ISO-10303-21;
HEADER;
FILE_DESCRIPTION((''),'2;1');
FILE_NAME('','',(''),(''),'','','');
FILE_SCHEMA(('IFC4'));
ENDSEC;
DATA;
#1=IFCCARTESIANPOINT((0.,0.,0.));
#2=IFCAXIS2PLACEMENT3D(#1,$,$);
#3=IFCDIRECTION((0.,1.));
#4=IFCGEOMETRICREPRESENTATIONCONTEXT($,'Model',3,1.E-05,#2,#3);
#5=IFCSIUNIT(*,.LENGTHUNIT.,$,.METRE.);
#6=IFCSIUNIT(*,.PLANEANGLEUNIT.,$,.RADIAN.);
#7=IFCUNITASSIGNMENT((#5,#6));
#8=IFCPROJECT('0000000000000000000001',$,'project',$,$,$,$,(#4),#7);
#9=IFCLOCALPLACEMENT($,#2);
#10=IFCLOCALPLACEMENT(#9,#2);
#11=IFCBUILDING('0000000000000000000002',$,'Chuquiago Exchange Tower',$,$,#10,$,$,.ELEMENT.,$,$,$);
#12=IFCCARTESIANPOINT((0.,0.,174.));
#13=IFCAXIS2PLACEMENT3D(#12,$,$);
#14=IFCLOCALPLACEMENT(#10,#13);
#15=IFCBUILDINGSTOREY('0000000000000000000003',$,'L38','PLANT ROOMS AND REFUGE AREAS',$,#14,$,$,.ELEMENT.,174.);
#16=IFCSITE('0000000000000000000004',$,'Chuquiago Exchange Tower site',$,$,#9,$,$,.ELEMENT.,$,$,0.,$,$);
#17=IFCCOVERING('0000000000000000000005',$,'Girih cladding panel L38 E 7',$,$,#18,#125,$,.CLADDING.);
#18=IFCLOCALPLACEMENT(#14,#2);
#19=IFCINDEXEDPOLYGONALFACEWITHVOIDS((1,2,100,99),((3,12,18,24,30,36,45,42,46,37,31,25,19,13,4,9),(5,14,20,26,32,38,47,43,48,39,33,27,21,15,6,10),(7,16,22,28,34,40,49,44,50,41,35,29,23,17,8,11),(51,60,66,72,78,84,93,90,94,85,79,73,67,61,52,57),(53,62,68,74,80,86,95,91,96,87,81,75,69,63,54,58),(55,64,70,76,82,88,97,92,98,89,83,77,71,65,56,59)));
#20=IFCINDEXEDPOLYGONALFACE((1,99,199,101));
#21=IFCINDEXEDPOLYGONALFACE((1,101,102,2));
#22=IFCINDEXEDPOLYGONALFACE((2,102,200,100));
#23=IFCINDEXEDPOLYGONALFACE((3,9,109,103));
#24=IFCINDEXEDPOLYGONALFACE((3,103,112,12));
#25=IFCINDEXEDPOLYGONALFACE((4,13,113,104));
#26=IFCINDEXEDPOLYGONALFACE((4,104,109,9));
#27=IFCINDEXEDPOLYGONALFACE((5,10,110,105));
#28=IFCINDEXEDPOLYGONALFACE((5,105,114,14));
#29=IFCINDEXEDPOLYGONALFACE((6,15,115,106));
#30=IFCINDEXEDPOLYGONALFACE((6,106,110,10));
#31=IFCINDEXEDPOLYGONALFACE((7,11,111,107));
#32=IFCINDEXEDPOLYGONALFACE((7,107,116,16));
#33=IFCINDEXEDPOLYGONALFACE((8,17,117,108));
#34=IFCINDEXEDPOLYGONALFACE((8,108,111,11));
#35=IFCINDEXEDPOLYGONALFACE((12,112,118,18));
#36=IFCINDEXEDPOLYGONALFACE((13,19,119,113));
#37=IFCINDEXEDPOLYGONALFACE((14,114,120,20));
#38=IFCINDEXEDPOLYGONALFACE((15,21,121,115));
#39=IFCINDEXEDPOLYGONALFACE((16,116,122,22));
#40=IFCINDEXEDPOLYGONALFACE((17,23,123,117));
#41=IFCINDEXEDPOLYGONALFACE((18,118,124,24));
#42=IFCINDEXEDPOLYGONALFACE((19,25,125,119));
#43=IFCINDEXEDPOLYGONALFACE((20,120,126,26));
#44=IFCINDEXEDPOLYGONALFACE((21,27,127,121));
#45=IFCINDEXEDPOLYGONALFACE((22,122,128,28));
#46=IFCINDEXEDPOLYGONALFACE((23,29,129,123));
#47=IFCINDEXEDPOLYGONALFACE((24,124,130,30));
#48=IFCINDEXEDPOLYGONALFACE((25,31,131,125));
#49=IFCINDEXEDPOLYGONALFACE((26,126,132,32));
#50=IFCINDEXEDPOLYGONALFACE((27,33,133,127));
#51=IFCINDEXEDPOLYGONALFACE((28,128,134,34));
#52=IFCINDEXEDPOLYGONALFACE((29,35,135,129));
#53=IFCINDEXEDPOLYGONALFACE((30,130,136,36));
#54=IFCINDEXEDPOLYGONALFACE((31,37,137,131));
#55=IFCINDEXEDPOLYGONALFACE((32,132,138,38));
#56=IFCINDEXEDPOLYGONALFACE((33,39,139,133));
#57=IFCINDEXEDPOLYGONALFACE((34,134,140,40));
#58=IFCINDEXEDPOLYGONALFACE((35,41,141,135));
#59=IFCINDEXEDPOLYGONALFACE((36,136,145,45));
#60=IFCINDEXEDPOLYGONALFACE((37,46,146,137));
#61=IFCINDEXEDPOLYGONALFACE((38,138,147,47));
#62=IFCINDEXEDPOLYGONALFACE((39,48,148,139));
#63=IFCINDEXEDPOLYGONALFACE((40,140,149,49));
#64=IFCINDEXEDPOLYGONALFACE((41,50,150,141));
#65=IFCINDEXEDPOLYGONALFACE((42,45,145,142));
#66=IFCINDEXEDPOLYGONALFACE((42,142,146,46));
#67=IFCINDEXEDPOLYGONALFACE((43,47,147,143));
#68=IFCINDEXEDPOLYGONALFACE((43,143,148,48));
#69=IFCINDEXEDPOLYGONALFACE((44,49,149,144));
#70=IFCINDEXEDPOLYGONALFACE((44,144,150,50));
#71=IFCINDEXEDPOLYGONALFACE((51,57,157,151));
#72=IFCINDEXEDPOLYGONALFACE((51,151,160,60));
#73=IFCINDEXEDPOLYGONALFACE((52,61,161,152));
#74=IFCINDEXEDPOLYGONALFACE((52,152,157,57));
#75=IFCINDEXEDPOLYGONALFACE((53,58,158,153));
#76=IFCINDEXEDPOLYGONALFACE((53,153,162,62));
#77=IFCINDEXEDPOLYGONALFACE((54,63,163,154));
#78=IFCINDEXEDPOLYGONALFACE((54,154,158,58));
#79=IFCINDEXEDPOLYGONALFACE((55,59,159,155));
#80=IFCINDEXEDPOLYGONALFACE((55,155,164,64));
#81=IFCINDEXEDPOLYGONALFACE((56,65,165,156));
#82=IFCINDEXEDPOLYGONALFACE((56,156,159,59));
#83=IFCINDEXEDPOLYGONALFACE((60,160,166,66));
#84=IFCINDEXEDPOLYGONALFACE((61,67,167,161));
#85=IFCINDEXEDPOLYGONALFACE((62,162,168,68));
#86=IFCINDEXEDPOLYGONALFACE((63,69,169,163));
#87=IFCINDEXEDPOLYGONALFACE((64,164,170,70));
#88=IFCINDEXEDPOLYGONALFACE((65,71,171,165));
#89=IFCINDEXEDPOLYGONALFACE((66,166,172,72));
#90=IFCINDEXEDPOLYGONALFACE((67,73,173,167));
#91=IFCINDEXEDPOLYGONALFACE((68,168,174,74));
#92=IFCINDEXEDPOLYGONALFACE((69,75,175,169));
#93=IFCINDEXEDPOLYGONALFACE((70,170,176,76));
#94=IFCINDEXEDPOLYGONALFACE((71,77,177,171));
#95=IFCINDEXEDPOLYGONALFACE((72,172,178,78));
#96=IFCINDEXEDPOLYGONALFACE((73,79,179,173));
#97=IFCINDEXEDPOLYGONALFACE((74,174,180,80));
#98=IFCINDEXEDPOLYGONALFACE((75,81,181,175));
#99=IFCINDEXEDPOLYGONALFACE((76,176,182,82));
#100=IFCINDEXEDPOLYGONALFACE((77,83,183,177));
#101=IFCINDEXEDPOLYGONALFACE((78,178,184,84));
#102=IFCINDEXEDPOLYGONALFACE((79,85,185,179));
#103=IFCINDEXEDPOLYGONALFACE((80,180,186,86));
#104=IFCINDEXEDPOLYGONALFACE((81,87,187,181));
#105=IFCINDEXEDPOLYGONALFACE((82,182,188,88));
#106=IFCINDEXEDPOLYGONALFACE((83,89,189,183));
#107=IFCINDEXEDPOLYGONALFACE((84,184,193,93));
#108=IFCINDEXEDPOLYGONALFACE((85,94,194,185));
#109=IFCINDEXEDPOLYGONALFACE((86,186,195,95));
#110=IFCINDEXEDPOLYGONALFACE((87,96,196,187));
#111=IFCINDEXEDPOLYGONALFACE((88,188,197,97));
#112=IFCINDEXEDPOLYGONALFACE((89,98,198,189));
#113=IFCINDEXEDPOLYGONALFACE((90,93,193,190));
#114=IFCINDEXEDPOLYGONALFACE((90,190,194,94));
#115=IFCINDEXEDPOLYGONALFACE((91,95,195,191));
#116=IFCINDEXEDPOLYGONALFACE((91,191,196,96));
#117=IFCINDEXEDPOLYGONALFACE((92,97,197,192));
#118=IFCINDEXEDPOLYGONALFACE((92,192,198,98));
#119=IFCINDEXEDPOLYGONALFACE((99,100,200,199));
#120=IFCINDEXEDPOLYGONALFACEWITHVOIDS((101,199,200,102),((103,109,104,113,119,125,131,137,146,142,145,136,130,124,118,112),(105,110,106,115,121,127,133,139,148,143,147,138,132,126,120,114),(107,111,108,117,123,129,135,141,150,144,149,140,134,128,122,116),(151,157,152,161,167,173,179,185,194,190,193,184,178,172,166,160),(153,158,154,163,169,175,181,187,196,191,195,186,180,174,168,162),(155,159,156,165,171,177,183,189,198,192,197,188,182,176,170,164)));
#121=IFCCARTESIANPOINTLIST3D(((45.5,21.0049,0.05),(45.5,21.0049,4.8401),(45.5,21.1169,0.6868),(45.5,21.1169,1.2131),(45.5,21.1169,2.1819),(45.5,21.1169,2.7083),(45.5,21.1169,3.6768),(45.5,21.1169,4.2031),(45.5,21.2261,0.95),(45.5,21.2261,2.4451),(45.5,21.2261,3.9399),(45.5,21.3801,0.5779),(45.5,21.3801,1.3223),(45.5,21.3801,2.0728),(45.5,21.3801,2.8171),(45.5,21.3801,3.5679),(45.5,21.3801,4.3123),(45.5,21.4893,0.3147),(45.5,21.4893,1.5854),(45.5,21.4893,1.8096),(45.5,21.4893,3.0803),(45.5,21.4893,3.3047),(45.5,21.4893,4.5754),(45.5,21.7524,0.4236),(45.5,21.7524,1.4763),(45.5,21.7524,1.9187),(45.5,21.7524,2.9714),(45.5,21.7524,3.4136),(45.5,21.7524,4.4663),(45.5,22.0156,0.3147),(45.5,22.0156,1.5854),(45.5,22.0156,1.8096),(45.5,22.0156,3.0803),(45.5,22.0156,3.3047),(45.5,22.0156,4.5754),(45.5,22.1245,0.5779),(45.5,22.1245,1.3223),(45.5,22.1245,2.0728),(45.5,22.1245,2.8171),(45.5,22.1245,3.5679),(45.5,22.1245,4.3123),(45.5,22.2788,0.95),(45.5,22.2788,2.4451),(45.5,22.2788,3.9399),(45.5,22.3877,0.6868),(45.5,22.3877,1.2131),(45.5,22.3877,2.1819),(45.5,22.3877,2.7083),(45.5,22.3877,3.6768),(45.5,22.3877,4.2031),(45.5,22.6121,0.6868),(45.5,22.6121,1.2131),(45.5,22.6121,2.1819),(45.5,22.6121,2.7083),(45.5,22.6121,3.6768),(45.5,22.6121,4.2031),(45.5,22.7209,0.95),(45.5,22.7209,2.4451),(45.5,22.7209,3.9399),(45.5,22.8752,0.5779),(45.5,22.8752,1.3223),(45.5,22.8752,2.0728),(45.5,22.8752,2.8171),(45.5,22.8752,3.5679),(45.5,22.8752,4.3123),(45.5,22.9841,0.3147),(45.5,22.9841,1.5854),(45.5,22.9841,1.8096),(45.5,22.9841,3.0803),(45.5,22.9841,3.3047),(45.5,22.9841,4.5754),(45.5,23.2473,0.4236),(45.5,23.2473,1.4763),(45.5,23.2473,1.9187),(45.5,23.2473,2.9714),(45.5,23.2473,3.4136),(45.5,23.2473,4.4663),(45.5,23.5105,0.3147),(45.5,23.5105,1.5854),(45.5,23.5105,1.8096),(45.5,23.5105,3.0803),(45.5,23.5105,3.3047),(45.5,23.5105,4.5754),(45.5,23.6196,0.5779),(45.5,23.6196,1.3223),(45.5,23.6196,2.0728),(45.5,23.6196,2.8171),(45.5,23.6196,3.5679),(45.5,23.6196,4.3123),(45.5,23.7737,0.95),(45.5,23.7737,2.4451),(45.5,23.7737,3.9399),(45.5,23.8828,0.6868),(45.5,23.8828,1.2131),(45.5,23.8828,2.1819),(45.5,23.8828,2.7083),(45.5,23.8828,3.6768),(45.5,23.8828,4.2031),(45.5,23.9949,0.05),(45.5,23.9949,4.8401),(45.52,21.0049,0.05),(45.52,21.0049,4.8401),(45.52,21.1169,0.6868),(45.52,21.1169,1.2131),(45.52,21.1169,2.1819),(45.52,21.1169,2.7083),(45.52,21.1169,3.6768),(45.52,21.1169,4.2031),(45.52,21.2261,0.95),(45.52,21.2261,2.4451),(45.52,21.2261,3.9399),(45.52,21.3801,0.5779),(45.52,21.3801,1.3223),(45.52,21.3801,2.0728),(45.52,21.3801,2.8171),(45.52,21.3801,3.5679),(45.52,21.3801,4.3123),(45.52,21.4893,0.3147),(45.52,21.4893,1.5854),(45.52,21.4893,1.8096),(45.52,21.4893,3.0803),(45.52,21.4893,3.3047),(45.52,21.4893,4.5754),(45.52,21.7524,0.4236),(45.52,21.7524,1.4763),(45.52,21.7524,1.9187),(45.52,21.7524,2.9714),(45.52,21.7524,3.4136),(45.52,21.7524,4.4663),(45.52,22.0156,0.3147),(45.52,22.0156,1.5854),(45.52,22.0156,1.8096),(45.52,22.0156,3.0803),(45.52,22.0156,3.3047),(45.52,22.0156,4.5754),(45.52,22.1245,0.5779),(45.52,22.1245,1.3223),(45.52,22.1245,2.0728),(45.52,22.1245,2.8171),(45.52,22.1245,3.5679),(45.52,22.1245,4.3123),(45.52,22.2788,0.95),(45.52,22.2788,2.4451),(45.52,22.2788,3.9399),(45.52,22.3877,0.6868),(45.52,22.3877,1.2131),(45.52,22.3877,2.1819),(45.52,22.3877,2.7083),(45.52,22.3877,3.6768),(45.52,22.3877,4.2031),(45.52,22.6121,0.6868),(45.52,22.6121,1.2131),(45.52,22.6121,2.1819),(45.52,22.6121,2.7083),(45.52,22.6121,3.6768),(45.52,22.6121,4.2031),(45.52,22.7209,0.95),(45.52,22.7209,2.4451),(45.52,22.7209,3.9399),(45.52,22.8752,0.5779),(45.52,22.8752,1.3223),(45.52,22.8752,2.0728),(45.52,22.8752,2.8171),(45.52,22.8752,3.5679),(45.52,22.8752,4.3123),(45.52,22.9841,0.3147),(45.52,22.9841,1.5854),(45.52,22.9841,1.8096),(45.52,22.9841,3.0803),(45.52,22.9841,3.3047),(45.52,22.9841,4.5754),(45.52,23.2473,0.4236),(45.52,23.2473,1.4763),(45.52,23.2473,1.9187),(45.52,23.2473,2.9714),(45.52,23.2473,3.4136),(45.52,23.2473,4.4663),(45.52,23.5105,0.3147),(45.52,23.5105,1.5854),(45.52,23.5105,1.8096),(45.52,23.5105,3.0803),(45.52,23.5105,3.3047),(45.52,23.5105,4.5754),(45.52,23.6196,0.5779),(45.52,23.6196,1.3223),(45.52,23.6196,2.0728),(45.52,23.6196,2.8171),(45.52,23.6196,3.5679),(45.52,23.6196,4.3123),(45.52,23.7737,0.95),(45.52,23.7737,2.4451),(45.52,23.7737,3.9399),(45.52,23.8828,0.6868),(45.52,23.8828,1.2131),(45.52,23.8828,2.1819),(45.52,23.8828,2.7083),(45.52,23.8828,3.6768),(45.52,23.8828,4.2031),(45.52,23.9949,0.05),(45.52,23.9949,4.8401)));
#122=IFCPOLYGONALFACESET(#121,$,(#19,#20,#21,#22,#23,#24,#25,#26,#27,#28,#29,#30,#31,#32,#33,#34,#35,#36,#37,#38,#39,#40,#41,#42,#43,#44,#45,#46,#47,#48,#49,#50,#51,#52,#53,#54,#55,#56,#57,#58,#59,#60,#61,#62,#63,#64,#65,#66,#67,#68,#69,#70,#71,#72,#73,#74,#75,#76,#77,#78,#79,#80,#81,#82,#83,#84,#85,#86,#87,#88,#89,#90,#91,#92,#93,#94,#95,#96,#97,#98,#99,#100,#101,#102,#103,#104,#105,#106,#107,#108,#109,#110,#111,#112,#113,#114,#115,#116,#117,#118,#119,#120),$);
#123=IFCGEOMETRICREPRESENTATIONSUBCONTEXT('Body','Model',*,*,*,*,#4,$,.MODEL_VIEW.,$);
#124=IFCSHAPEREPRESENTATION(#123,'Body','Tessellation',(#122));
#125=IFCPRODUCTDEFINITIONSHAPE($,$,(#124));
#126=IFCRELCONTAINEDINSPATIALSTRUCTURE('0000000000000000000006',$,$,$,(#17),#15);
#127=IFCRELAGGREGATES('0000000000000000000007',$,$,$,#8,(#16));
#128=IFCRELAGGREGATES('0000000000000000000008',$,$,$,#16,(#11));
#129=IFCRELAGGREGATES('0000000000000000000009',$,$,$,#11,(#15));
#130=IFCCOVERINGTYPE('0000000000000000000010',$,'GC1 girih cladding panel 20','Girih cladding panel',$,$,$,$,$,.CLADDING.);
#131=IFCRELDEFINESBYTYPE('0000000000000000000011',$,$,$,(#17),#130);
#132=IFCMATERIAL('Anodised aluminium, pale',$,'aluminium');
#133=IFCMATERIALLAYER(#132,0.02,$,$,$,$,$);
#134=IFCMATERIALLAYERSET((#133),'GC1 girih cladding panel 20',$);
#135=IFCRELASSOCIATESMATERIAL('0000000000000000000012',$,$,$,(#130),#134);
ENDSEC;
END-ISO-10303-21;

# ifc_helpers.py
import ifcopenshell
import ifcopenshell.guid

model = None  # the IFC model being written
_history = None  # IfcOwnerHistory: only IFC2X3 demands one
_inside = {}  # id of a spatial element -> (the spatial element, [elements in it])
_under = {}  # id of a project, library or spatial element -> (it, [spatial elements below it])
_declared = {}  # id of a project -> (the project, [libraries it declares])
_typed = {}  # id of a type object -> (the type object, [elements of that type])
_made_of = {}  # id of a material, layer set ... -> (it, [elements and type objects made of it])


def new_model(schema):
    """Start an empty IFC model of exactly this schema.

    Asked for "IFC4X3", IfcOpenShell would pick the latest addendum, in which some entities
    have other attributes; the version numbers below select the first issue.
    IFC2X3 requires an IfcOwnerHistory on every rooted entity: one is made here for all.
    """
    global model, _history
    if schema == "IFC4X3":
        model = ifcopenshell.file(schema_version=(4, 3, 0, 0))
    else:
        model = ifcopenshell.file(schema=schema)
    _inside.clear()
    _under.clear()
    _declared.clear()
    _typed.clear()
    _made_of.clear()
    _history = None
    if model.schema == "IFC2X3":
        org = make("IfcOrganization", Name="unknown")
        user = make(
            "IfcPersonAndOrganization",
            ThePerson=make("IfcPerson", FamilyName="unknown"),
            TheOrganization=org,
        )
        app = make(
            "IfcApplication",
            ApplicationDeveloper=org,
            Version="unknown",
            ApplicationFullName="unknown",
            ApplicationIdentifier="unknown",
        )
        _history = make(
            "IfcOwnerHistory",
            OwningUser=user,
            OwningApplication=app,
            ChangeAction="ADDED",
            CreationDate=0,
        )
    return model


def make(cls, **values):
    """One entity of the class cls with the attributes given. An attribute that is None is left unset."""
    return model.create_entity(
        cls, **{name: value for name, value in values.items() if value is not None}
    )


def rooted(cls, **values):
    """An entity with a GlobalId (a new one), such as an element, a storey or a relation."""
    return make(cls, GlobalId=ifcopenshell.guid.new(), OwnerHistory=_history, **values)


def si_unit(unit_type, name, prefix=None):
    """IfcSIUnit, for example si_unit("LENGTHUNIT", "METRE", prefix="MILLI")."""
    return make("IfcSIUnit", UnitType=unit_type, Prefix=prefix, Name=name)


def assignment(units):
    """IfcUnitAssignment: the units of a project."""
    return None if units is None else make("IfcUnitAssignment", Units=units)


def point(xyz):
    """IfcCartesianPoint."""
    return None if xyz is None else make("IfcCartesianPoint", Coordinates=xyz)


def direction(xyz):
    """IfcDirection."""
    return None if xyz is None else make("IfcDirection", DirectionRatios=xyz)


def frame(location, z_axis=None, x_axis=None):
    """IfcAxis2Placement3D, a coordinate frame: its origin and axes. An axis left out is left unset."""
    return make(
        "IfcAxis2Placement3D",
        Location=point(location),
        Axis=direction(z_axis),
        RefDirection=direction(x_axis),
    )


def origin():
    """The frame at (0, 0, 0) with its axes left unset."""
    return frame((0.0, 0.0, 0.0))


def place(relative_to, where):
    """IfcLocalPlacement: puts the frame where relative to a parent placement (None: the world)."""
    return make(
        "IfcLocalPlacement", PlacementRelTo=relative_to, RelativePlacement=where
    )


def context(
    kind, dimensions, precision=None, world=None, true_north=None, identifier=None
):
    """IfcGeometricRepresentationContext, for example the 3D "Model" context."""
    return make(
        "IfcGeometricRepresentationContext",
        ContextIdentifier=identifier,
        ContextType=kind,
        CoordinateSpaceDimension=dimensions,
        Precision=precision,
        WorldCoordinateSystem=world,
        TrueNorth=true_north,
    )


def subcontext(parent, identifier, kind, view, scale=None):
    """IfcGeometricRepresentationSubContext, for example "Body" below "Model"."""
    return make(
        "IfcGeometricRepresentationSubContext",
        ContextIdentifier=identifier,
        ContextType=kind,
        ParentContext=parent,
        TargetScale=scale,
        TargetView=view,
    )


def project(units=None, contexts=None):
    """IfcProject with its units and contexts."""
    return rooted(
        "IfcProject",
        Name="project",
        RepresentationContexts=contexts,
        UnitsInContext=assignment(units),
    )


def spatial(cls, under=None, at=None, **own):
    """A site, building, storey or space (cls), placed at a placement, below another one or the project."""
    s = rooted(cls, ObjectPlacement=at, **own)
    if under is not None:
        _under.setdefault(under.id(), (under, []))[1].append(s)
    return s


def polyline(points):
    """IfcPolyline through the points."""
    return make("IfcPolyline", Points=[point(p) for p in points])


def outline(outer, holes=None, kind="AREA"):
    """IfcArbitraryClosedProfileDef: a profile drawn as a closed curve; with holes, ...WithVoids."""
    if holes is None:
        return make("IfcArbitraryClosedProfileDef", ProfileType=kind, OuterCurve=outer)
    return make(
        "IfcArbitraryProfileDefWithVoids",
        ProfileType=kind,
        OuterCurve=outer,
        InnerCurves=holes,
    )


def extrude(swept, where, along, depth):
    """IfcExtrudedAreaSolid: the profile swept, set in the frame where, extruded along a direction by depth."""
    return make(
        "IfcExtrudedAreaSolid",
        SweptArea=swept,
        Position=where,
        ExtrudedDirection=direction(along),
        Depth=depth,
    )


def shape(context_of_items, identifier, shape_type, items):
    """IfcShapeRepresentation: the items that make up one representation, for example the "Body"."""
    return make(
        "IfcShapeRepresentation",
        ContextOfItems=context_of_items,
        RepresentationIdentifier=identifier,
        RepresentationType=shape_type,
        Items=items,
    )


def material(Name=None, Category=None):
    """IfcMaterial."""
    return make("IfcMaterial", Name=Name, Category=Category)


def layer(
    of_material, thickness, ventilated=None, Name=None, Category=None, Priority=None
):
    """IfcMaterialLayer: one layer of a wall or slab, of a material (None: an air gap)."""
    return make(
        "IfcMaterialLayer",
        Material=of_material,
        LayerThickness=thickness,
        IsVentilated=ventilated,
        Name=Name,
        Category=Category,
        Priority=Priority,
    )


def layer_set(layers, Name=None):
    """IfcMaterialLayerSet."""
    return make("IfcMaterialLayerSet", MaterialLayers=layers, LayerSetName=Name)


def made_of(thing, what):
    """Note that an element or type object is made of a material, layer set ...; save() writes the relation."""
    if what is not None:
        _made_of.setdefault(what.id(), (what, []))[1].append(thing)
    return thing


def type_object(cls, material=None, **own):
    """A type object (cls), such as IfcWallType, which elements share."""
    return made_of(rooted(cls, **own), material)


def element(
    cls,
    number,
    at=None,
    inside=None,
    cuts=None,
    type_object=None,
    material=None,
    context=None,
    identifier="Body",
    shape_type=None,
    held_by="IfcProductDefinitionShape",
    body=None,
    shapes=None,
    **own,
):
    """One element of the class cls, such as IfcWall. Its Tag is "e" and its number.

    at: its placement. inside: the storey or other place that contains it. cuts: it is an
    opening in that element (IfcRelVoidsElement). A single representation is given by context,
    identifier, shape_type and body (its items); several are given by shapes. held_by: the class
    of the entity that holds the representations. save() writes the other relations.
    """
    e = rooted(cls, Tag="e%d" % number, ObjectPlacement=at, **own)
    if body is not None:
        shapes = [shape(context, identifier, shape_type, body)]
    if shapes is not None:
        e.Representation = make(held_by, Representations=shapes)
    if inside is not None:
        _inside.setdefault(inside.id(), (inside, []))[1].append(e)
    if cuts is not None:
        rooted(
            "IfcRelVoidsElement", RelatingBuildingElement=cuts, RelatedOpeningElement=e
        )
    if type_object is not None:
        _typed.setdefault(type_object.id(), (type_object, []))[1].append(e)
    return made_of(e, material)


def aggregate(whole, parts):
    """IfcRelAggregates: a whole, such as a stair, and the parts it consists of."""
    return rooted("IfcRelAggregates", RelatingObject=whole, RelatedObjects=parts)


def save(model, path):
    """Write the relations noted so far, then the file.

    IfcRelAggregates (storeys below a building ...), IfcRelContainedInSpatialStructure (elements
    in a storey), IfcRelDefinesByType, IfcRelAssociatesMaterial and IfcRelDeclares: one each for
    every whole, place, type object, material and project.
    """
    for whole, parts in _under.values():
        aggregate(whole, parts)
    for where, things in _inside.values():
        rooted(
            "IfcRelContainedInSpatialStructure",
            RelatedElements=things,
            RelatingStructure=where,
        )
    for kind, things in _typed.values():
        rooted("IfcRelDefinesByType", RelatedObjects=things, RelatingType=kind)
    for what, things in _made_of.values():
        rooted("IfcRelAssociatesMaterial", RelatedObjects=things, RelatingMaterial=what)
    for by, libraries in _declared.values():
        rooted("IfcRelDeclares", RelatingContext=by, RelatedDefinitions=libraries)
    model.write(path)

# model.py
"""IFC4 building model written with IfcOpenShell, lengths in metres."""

from ifc_helpers import new_model, si_unit, direction, frame, origin, place, context, subcontext, project, spatial, polyline, outline, extrude, material, layer, layer_set, type_object, element, save


model = new_model("IFC4")

# Units and contexts
model_context = context("Model", 3, precision=1e-05, world=origin(), true_north=direction((0.0, 1.0)))
body_context = subcontext(model_context, "Body", "Model", "MODEL_VIEW")
ifc_project = project(units=[si_unit("LENGTHUNIT", "METRE"), si_unit("PLANEANGLEUNIT", "RADIAN")], contexts=[model_context])

# Site, building, storey
site_placement = place(None, origin())
site = spatial("IfcSite", under=ifc_project, at=site_placement, Name="Chuquiago Exchange Tower site", CompositionType="ELEMENT", RefElevation=0.0)
building_placement = place(site_placement, origin())
building = spatial("IfcBuilding", under=site, at=building_placement, Name="Chuquiago Exchange Tower", CompositionType="ELEMENT")
storey_placement = place(building_placement, frame((0.0, 0.0, 174.0)))
storey = spatial("IfcBuildingStorey", under=building, at=storey_placement, Name="L38", Description="PLANT ROOMS AND REFUGE AREAS", CompositionType="ELEMENT", Elevation=174.0)

# Covering
ifc_material_1 = material(Name="Anodised aluminium, pale", Category="aluminium")
ifc_layer_1 = layer(ifc_material_1, 0.02)
ifc_layer_set_1 = layer_set([ifc_layer_1], Name="GC1 girih cladding panel 20")
covering_type_1 = type_object("IfcCoveringType", Name="GC1 girih cladding panel 20", Description="Girih cladding panel", PredefinedType="CLADDING", material=ifc_layer_set_1)
covering_1_placement = place(storey_placement, frame((45.5, 21.0049, 0.05), z_axis=(0.0, 0.0, 1.0), x_axis=(0.0, 1.0, 0.0)))
element("IfcCovering", 1, at=covering_1_placement, inside=storey, type_object=covering_type_1, Name="Girih cladding panel L38 E 7", PredefinedType="CLADDING", context=body_context, shape_type="SweptSolid", body=[
    extrude(outline(polyline([(0.0, 0.0), (2.99, 0.0), (2.99, 4.79), (0.0, 4.79), (0.0, 0.0)]), holes=[polyline([(1.2739, 0.8999), (1.3828, 1.1631), (1.1196, 1.2722), (1.0107, 1.5354), (0.7476, 1.4263), (0.4844, 1.5354), (0.3752, 1.2722), (0.1121, 1.1631), (0.2212, 0.8999), (0.1121, 0.6367), (0.3752, 0.5278), (0.4844, 0.2646), (0.7476, 0.3735), (1.0107, 0.2646), (1.1196, 0.5278), (1.3828, 0.6367), (1.2739, 0.8999)]), polyline([(2.7688, 0.8999), (2.8779, 1.1631), (2.6147, 1.2722), (2.5056, 1.5354), (2.2424, 1.4263), (1.9792, 1.5354), (1.8704, 1.2722), (1.6072, 1.1631), (1.7161, 0.8999), (1.6072, 0.6367), (1.8704, 0.5278), (1.9792, 0.2646), (2.2424, 0.3735), (2.5056, 0.2646), (2.6147, 0.5278), (2.8779, 0.6367), (2.7688, 0.8999)]), polyline([(1.2739, 2.395), (1.3828, 2.6582), (1.1196, 2.7671), (1.0107, 3.0303), (0.7476, 2.9214), (0.4844, 3.0303), (0.3752, 2.7671), (0.1121, 2.6582), (0.2212, 2.395), (0.1121, 2.1318), (0.3752, 2.0227), (0.4844, 1.7595), (0.7476, 1.8687), (1.0107, 1.7595), (1.1196, 2.0227), (1.3828, 2.1318), (1.2739, 2.395)]), polyline([(2.7688, 2.395), (2.8779, 2.6582), (2.6147, 2.7671), (2.5056, 3.0303), (2.2424, 2.9214), (1.9792, 3.0303), (1.8704, 2.7671), (1.6072, 2.6582), (1.7161, 2.395), (1.6072, 2.1318), (1.8704, 2.0227), (1.9792, 1.7595), (2.2424, 1.8687), (2.5056, 1.7595), (2.6147, 2.0227), (2.8779, 2.1318), (2.7688, 2.395)]), polyline([(1.2739, 3.8899), (1.3828, 4.1531), (1.1196, 4.2622), (1.0107, 4.5254), (0.7476, 4.4163), (0.4844, 4.5254), (0.3752, 4.2622), (0.1121, 4.1531), (0.2212, 3.8899), (0.1121, 3.6267), (0.3752, 3.5178), (0.4844, 3.2546), (0.7476, 3.3635), (1.0107, 3.2546), (1.1196, 3.5178), (1.3828, 3.6267), (1.2739, 3.8899)]), polyline([(2.7688, 3.8899), (2.8779, 4.1531), (2.6147, 4.2622), (2.5056, 4.5254), (2.2424, 4.4163), (1.9792, 4.5254), (1.8704, 4.2622), (1.6072, 4.1531), (1.7161, 3.8899), (1.6072, 3.6267), (1.8704, 3.5178), (1.9792, 3.2546), (2.2424, 3.3635), (2.5056, 3.2546), (2.6147, 3.5178), (2.8779, 3.6267), (2.7688, 3.8899)])]), frame((0.0, 0.0, 0.0), z_axis=(0.0, -1.0, 0.0), x_axis=(1.0, 0.0, 0.0)), (0.0, 0.0, 1.0), 0.02),
])

save(model, "model.ifc")
